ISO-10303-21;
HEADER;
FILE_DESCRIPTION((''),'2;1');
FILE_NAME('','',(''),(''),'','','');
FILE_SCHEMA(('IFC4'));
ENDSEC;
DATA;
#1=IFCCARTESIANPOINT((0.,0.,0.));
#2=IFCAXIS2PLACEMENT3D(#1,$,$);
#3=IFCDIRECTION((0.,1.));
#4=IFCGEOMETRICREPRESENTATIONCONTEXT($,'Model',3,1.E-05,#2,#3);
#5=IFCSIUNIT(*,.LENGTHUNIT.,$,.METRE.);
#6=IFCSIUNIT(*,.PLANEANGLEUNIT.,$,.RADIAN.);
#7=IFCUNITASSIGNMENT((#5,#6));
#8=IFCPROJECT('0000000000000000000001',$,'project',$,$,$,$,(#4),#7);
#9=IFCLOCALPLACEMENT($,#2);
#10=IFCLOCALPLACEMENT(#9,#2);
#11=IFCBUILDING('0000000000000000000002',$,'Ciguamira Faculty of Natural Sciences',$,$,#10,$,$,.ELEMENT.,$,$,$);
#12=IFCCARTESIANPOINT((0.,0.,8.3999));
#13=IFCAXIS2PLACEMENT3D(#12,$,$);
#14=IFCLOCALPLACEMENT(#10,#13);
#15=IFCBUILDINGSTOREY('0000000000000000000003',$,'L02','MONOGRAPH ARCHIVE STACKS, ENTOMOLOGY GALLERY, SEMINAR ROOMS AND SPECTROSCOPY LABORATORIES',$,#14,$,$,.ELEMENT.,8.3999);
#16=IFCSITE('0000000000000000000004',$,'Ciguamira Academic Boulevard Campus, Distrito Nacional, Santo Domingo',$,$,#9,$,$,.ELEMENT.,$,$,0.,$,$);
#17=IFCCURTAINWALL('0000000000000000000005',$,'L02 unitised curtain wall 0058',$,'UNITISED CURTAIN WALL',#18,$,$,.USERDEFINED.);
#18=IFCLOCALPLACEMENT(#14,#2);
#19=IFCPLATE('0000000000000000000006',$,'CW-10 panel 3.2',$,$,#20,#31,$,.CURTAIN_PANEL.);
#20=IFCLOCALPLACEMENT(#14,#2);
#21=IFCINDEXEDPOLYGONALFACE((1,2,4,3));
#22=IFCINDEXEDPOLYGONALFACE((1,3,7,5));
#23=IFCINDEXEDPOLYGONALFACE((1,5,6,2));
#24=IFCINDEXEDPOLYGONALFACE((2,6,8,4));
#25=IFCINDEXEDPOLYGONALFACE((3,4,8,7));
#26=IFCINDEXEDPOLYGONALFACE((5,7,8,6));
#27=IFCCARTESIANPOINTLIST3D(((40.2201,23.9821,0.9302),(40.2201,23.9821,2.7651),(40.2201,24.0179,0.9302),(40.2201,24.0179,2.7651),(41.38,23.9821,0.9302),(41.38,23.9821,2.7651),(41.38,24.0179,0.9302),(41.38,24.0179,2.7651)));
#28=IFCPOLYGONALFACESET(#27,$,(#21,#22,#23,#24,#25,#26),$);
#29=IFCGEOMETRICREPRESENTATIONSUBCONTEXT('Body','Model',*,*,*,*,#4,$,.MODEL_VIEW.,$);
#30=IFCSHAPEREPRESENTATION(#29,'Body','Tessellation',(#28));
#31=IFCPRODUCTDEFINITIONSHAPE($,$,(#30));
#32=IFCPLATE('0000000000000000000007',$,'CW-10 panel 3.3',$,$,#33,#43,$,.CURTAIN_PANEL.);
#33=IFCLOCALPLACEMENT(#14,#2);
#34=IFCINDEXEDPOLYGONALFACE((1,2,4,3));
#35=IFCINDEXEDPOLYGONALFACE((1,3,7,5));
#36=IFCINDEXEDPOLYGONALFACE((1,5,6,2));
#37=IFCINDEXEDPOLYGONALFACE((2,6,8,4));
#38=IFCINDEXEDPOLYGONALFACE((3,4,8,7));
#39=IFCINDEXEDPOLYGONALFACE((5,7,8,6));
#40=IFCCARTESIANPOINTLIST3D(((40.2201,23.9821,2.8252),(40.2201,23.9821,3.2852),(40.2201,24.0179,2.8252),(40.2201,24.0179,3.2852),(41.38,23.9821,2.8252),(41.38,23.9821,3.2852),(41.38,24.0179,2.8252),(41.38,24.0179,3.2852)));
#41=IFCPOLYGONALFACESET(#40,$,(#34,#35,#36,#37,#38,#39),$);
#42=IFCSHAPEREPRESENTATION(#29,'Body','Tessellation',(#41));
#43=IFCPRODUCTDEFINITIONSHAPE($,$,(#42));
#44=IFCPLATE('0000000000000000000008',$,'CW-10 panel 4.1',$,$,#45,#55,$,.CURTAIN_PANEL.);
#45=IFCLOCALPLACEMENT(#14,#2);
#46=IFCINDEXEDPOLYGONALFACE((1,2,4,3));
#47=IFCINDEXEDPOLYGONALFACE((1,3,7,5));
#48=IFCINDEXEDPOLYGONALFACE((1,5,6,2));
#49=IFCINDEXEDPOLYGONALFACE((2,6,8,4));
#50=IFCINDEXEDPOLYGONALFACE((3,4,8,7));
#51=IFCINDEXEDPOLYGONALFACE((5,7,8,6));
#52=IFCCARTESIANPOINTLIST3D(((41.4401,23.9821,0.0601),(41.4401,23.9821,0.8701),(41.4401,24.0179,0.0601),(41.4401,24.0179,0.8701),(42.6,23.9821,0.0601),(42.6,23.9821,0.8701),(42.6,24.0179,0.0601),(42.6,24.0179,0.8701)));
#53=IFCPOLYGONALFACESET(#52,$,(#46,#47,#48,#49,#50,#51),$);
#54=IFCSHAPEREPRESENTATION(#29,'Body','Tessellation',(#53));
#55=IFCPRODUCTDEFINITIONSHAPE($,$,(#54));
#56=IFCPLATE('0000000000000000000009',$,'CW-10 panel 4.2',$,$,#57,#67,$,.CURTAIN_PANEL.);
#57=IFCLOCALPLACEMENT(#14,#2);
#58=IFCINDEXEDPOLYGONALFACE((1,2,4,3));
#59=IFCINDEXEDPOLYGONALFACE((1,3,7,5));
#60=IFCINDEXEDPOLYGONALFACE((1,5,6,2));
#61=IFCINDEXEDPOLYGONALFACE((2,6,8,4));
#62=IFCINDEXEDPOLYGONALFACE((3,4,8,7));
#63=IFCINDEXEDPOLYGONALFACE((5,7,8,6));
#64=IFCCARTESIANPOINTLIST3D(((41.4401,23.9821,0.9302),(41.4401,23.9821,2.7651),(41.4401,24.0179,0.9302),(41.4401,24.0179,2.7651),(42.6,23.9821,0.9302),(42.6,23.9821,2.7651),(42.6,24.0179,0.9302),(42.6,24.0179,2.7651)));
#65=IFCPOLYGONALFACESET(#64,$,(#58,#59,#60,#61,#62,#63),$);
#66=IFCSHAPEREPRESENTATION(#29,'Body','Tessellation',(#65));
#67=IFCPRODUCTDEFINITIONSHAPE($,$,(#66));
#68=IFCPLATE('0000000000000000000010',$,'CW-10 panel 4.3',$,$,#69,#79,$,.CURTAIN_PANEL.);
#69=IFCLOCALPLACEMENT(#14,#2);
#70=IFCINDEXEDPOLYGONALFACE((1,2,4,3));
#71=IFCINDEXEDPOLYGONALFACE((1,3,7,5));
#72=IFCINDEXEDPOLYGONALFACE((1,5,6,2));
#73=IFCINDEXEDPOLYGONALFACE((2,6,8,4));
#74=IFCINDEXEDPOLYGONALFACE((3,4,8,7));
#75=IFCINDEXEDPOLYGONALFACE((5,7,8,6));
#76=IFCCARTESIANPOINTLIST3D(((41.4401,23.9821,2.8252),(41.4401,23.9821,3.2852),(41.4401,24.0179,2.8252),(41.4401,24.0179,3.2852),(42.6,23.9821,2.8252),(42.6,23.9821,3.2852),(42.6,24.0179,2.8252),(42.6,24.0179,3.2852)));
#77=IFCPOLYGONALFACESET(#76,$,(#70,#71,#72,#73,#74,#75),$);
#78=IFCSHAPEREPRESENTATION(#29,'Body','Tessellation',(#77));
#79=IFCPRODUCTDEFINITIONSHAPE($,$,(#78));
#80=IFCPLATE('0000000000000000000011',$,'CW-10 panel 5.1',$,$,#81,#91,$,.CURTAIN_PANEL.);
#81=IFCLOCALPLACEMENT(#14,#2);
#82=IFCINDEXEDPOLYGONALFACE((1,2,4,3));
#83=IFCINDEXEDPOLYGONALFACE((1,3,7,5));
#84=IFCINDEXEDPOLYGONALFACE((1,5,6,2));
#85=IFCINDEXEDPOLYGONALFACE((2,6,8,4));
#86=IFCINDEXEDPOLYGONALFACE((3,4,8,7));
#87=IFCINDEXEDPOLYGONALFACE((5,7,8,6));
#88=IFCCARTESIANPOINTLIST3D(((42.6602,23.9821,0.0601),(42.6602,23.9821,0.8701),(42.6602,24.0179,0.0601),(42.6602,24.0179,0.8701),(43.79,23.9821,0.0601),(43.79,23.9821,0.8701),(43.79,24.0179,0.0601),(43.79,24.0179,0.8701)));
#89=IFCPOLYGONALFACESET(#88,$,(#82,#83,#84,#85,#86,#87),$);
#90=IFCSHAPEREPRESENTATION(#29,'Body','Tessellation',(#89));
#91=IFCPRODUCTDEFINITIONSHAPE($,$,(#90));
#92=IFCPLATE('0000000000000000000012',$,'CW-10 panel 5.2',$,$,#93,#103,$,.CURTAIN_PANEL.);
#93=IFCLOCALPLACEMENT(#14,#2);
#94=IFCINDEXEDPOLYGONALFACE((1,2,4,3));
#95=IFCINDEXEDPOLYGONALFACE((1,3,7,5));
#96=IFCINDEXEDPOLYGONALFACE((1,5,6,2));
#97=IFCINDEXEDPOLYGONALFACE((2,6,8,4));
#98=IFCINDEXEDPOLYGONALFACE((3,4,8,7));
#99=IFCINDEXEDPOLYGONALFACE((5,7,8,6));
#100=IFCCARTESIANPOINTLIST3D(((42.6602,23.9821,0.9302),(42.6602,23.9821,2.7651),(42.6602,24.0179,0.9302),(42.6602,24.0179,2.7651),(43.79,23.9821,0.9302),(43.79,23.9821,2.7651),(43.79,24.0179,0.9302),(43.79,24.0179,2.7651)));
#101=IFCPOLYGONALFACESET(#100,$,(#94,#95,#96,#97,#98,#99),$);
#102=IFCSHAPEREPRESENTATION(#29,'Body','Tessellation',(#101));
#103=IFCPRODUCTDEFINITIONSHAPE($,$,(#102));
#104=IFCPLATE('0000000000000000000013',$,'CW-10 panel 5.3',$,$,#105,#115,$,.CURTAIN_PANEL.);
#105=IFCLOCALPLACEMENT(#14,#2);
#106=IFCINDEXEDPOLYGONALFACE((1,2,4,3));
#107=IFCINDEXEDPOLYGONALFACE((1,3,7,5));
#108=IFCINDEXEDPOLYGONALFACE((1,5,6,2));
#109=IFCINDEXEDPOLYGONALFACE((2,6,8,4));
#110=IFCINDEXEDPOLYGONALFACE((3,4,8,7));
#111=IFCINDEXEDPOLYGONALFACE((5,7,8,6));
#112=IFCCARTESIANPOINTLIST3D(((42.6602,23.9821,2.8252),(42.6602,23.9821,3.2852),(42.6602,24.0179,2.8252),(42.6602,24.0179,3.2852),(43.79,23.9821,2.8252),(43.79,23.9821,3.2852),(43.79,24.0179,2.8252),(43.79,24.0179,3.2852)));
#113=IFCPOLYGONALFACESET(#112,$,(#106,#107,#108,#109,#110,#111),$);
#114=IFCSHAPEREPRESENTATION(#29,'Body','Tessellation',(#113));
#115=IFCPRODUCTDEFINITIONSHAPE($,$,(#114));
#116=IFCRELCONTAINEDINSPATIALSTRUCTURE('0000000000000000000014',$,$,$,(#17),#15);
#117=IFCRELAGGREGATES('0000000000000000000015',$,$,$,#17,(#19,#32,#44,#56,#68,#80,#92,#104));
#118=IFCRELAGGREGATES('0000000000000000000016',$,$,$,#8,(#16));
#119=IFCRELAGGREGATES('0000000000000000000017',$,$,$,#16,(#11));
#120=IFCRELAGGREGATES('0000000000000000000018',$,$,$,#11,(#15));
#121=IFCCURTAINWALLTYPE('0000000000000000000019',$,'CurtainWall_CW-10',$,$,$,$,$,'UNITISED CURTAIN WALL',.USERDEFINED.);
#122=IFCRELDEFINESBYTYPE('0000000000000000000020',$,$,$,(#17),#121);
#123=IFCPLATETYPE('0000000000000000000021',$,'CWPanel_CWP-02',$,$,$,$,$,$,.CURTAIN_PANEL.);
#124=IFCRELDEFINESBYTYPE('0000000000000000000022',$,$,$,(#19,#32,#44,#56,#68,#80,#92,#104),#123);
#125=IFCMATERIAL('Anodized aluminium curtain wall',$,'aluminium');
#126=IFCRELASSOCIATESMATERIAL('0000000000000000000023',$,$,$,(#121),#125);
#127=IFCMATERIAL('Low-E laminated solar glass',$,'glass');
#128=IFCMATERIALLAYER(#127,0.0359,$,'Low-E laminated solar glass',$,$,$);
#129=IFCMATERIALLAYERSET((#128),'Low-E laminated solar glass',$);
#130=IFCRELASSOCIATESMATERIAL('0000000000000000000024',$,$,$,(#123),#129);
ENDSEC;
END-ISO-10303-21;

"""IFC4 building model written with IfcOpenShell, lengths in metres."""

from ifc_helpers import new_model, si_unit, direction, frame, origin, origin_2d, place, context, subcontext, project, spatial, rectangle, extrude, material, layer, layer_set, type_object, element, aggregate, save


model = new_model("IFC4")

# Units and contexts
model_context = context("Model", 3, precision=1e-05, world=origin(), true_north=direction((0.0, 1.0)))
body_context = subcontext(model_context, "Body", "Model", "MODEL_VIEW")
ifc_project = project(units=[si_unit("LENGTHUNIT", "METRE"), si_unit("PLANEANGLEUNIT", "RADIAN")], contexts=[model_context])

# Site, building, storey
site_placement = place(None, origin())
site = spatial("IfcSite", under=ifc_project, at=site_placement, Name="Ciguamira Academic Boulevard Campus, Distrito Nacional, Santo Domingo", CompositionType="ELEMENT", RefElevation=0.0)
building_placement = place(site_placement, origin())
building = spatial("IfcBuilding", under=site, at=building_placement, Name="Ciguamira Faculty of Natural Sciences", CompositionType="ELEMENT")
storey_placement = place(building_placement, frame((0.0, 0.0, 8.3999)))
storey = spatial("IfcBuildingStorey", under=building, at=storey_placement, Name="L02", Description="MONOGRAPH ARCHIVE STACKS, ENTOMOLOGY GALLERY, SEMINAR ROOMS AND SPECTROSCOPY LABORATORIES", CompositionType="ELEMENT", Elevation=8.3999)

# Curtain wall, plates
ifc_material_1 = material(Name="Anodized aluminium curtain wall", Category="aluminium")
curtain_wall_type = type_object("IfcCurtainWallType", Name="CurtainWall_CW-10", ElementType="UNITISED CURTAIN WALL", PredefinedType="USERDEFINED", material=ifc_material_1)
curtain_wall_placement = place(storey_placement, origin())
curtain_wall = element("IfcCurtainWall", 1, at=curtain_wall_placement, inside=storey, type_object=curtain_wall_type, Name="L02 unitised curtain wall 0058", ObjectType="UNITISED CURTAIN WALL", PredefinedType="USERDEFINED")
ifc_material_2 = material(Name="Low-E laminated solar glass", Category="glass")
ifc_layer = layer(ifc_material_2, 0.0359, Name="Low-E laminated solar glass")
ifc_layer_set = layer_set([ifc_layer], Name="Low-E laminated solar glass")
plate_type = type_object("IfcPlateType", Name="CWPanel_CWP-02", PredefinedType="CURTAIN_PANEL", material=ifc_layer_set)
plate_1_placement = place(storey_placement, frame((40.8, 24.0, 0.9302), z_axis=(0.0, 0.0, 1.0), x_axis=(1.0, 0.0, 0.0)))
plate_1 = element("IfcPlate", 2, at=plate_1_placement, type_object=plate_type, Name="CW-10 panel 3.2", PredefinedType="CURTAIN_PANEL", context=body_context, shape_type="SweptSolid", body=[
    extrude(rectangle(XDim=1.1599, YDim=0.0359, at=origin_2d()), origin(), (0.0, 0.0, 1.0), 1.835),
])
plate_2_placement = place(storey_placement, frame((40.8, 24.0, 2.8252), z_axis=(0.0, 0.0, 1.0), x_axis=(1.0, 0.0, 0.0)))
plate_2 = element("IfcPlate", 3, at=plate_2_placement, type_object=plate_type, Name="CW-10 panel 3.3", PredefinedType="CURTAIN_PANEL", context=body_context, shape_type="SweptSolid", body=[
    extrude(rectangle(XDim=1.1599, YDim=0.0359, at=origin_2d()), origin(), (0.0, 0.0, 1.0), 0.46),
])
plate_3_placement = place(storey_placement, frame((42.02, 24.0, 0.0601), z_axis=(0.0, 0.0, 1.0), x_axis=(1.0, 0.0, 0.0)))
plate_3 = element("IfcPlate", 4, at=plate_3_placement, type_object=plate_type, Name="CW-10 panel 4.1", PredefinedType="CURTAIN_PANEL", context=body_context, shape_type="SweptSolid", body=[
    extrude(rectangle(XDim=1.1599, YDim=0.0359, at=origin_2d()), origin(), (0.0, 0.0, 1.0), 0.8101),
])
plate_4_placement = place(storey_placement, frame((42.02, 24.0, 0.9302), z_axis=(0.0, 0.0, 1.0), x_axis=(1.0, 0.0, 0.0)))
plate_4 = element("IfcPlate", 5, at=plate_4_placement, type_object=plate_type, Name="CW-10 panel 4.2", PredefinedType="CURTAIN_PANEL", context=body_context, shape_type="SweptSolid", body=[
    extrude(rectangle(XDim=1.1599, YDim=0.0359, at=origin_2d()), origin(), (0.0, 0.0, 1.0), 1.835),
])
plate_5_placement = place(storey_placement, frame((42.02, 24.0, 2.8252), z_axis=(0.0, 0.0, 1.0), x_axis=(1.0, 0.0, 0.0)))
plate_5 = element("IfcPlate", 6, at=plate_5_placement, type_object=plate_type, Name="CW-10 panel 4.3", PredefinedType="CURTAIN_PANEL", context=body_context, shape_type="SweptSolid", body=[
    extrude(rectangle(XDim=1.1599, YDim=0.0359, at=origin_2d()), origin(), (0.0, 0.0, 1.0), 0.46),
])
plate_6_placement = place(storey_placement, frame((43.2251, 24.0, 0.0601), z_axis=(0.0, 0.0, 1.0), x_axis=(1.0, 0.0, 0.0)))
plate_6 = element("IfcPlate", 7, at=plate_6_placement, type_object=plate_type, Name="CW-10 panel 5.1", PredefinedType="CURTAIN_PANEL", context=body_context, shape_type="SweptSolid", body=[
    extrude(rectangle(XDim=1.1299, YDim=0.0359, at=origin_2d()), origin(), (0.0, 0.0, 1.0), 0.8101),
])
plate_7_placement = place(storey_placement, frame((43.2251, 24.0, 0.9302), z_axis=(0.0, 0.0, 1.0), x_axis=(1.0, 0.0, 0.0)))
plate_7 = element("IfcPlate", 8, at=plate_7_placement, type_object=plate_type, Name="CW-10 panel 5.2", PredefinedType="CURTAIN_PANEL", context=body_context, shape_type="SweptSolid", body=[
    extrude(rectangle(XDim=1.1299, YDim=0.0359, at=origin_2d()), origin(), (0.0, 0.0, 1.0), 1.835),
])
plate_8_placement = place(storey_placement, frame((43.2251, 24.0, 2.8252), z_axis=(0.0, 0.0, 1.0), x_axis=(1.0, 0.0, 0.0)))
plate_8 = element("IfcPlate", 9, at=plate_8_placement, type_object=plate_type, Name="CW-10 panel 5.3", PredefinedType="CURTAIN_PANEL", context=body_context, shape_type="SweptSolid", body=[
    extrude(rectangle(XDim=1.1299, YDim=0.0359, at=origin_2d()), origin(), (0.0, 0.0, 1.0), 0.46),
])
aggregate(curtain_wall, [plate_1, plate_2, plate_3, plate_4, plate_5, plate_6, plate_7, plate_8])

save(model, "model.ifc")
